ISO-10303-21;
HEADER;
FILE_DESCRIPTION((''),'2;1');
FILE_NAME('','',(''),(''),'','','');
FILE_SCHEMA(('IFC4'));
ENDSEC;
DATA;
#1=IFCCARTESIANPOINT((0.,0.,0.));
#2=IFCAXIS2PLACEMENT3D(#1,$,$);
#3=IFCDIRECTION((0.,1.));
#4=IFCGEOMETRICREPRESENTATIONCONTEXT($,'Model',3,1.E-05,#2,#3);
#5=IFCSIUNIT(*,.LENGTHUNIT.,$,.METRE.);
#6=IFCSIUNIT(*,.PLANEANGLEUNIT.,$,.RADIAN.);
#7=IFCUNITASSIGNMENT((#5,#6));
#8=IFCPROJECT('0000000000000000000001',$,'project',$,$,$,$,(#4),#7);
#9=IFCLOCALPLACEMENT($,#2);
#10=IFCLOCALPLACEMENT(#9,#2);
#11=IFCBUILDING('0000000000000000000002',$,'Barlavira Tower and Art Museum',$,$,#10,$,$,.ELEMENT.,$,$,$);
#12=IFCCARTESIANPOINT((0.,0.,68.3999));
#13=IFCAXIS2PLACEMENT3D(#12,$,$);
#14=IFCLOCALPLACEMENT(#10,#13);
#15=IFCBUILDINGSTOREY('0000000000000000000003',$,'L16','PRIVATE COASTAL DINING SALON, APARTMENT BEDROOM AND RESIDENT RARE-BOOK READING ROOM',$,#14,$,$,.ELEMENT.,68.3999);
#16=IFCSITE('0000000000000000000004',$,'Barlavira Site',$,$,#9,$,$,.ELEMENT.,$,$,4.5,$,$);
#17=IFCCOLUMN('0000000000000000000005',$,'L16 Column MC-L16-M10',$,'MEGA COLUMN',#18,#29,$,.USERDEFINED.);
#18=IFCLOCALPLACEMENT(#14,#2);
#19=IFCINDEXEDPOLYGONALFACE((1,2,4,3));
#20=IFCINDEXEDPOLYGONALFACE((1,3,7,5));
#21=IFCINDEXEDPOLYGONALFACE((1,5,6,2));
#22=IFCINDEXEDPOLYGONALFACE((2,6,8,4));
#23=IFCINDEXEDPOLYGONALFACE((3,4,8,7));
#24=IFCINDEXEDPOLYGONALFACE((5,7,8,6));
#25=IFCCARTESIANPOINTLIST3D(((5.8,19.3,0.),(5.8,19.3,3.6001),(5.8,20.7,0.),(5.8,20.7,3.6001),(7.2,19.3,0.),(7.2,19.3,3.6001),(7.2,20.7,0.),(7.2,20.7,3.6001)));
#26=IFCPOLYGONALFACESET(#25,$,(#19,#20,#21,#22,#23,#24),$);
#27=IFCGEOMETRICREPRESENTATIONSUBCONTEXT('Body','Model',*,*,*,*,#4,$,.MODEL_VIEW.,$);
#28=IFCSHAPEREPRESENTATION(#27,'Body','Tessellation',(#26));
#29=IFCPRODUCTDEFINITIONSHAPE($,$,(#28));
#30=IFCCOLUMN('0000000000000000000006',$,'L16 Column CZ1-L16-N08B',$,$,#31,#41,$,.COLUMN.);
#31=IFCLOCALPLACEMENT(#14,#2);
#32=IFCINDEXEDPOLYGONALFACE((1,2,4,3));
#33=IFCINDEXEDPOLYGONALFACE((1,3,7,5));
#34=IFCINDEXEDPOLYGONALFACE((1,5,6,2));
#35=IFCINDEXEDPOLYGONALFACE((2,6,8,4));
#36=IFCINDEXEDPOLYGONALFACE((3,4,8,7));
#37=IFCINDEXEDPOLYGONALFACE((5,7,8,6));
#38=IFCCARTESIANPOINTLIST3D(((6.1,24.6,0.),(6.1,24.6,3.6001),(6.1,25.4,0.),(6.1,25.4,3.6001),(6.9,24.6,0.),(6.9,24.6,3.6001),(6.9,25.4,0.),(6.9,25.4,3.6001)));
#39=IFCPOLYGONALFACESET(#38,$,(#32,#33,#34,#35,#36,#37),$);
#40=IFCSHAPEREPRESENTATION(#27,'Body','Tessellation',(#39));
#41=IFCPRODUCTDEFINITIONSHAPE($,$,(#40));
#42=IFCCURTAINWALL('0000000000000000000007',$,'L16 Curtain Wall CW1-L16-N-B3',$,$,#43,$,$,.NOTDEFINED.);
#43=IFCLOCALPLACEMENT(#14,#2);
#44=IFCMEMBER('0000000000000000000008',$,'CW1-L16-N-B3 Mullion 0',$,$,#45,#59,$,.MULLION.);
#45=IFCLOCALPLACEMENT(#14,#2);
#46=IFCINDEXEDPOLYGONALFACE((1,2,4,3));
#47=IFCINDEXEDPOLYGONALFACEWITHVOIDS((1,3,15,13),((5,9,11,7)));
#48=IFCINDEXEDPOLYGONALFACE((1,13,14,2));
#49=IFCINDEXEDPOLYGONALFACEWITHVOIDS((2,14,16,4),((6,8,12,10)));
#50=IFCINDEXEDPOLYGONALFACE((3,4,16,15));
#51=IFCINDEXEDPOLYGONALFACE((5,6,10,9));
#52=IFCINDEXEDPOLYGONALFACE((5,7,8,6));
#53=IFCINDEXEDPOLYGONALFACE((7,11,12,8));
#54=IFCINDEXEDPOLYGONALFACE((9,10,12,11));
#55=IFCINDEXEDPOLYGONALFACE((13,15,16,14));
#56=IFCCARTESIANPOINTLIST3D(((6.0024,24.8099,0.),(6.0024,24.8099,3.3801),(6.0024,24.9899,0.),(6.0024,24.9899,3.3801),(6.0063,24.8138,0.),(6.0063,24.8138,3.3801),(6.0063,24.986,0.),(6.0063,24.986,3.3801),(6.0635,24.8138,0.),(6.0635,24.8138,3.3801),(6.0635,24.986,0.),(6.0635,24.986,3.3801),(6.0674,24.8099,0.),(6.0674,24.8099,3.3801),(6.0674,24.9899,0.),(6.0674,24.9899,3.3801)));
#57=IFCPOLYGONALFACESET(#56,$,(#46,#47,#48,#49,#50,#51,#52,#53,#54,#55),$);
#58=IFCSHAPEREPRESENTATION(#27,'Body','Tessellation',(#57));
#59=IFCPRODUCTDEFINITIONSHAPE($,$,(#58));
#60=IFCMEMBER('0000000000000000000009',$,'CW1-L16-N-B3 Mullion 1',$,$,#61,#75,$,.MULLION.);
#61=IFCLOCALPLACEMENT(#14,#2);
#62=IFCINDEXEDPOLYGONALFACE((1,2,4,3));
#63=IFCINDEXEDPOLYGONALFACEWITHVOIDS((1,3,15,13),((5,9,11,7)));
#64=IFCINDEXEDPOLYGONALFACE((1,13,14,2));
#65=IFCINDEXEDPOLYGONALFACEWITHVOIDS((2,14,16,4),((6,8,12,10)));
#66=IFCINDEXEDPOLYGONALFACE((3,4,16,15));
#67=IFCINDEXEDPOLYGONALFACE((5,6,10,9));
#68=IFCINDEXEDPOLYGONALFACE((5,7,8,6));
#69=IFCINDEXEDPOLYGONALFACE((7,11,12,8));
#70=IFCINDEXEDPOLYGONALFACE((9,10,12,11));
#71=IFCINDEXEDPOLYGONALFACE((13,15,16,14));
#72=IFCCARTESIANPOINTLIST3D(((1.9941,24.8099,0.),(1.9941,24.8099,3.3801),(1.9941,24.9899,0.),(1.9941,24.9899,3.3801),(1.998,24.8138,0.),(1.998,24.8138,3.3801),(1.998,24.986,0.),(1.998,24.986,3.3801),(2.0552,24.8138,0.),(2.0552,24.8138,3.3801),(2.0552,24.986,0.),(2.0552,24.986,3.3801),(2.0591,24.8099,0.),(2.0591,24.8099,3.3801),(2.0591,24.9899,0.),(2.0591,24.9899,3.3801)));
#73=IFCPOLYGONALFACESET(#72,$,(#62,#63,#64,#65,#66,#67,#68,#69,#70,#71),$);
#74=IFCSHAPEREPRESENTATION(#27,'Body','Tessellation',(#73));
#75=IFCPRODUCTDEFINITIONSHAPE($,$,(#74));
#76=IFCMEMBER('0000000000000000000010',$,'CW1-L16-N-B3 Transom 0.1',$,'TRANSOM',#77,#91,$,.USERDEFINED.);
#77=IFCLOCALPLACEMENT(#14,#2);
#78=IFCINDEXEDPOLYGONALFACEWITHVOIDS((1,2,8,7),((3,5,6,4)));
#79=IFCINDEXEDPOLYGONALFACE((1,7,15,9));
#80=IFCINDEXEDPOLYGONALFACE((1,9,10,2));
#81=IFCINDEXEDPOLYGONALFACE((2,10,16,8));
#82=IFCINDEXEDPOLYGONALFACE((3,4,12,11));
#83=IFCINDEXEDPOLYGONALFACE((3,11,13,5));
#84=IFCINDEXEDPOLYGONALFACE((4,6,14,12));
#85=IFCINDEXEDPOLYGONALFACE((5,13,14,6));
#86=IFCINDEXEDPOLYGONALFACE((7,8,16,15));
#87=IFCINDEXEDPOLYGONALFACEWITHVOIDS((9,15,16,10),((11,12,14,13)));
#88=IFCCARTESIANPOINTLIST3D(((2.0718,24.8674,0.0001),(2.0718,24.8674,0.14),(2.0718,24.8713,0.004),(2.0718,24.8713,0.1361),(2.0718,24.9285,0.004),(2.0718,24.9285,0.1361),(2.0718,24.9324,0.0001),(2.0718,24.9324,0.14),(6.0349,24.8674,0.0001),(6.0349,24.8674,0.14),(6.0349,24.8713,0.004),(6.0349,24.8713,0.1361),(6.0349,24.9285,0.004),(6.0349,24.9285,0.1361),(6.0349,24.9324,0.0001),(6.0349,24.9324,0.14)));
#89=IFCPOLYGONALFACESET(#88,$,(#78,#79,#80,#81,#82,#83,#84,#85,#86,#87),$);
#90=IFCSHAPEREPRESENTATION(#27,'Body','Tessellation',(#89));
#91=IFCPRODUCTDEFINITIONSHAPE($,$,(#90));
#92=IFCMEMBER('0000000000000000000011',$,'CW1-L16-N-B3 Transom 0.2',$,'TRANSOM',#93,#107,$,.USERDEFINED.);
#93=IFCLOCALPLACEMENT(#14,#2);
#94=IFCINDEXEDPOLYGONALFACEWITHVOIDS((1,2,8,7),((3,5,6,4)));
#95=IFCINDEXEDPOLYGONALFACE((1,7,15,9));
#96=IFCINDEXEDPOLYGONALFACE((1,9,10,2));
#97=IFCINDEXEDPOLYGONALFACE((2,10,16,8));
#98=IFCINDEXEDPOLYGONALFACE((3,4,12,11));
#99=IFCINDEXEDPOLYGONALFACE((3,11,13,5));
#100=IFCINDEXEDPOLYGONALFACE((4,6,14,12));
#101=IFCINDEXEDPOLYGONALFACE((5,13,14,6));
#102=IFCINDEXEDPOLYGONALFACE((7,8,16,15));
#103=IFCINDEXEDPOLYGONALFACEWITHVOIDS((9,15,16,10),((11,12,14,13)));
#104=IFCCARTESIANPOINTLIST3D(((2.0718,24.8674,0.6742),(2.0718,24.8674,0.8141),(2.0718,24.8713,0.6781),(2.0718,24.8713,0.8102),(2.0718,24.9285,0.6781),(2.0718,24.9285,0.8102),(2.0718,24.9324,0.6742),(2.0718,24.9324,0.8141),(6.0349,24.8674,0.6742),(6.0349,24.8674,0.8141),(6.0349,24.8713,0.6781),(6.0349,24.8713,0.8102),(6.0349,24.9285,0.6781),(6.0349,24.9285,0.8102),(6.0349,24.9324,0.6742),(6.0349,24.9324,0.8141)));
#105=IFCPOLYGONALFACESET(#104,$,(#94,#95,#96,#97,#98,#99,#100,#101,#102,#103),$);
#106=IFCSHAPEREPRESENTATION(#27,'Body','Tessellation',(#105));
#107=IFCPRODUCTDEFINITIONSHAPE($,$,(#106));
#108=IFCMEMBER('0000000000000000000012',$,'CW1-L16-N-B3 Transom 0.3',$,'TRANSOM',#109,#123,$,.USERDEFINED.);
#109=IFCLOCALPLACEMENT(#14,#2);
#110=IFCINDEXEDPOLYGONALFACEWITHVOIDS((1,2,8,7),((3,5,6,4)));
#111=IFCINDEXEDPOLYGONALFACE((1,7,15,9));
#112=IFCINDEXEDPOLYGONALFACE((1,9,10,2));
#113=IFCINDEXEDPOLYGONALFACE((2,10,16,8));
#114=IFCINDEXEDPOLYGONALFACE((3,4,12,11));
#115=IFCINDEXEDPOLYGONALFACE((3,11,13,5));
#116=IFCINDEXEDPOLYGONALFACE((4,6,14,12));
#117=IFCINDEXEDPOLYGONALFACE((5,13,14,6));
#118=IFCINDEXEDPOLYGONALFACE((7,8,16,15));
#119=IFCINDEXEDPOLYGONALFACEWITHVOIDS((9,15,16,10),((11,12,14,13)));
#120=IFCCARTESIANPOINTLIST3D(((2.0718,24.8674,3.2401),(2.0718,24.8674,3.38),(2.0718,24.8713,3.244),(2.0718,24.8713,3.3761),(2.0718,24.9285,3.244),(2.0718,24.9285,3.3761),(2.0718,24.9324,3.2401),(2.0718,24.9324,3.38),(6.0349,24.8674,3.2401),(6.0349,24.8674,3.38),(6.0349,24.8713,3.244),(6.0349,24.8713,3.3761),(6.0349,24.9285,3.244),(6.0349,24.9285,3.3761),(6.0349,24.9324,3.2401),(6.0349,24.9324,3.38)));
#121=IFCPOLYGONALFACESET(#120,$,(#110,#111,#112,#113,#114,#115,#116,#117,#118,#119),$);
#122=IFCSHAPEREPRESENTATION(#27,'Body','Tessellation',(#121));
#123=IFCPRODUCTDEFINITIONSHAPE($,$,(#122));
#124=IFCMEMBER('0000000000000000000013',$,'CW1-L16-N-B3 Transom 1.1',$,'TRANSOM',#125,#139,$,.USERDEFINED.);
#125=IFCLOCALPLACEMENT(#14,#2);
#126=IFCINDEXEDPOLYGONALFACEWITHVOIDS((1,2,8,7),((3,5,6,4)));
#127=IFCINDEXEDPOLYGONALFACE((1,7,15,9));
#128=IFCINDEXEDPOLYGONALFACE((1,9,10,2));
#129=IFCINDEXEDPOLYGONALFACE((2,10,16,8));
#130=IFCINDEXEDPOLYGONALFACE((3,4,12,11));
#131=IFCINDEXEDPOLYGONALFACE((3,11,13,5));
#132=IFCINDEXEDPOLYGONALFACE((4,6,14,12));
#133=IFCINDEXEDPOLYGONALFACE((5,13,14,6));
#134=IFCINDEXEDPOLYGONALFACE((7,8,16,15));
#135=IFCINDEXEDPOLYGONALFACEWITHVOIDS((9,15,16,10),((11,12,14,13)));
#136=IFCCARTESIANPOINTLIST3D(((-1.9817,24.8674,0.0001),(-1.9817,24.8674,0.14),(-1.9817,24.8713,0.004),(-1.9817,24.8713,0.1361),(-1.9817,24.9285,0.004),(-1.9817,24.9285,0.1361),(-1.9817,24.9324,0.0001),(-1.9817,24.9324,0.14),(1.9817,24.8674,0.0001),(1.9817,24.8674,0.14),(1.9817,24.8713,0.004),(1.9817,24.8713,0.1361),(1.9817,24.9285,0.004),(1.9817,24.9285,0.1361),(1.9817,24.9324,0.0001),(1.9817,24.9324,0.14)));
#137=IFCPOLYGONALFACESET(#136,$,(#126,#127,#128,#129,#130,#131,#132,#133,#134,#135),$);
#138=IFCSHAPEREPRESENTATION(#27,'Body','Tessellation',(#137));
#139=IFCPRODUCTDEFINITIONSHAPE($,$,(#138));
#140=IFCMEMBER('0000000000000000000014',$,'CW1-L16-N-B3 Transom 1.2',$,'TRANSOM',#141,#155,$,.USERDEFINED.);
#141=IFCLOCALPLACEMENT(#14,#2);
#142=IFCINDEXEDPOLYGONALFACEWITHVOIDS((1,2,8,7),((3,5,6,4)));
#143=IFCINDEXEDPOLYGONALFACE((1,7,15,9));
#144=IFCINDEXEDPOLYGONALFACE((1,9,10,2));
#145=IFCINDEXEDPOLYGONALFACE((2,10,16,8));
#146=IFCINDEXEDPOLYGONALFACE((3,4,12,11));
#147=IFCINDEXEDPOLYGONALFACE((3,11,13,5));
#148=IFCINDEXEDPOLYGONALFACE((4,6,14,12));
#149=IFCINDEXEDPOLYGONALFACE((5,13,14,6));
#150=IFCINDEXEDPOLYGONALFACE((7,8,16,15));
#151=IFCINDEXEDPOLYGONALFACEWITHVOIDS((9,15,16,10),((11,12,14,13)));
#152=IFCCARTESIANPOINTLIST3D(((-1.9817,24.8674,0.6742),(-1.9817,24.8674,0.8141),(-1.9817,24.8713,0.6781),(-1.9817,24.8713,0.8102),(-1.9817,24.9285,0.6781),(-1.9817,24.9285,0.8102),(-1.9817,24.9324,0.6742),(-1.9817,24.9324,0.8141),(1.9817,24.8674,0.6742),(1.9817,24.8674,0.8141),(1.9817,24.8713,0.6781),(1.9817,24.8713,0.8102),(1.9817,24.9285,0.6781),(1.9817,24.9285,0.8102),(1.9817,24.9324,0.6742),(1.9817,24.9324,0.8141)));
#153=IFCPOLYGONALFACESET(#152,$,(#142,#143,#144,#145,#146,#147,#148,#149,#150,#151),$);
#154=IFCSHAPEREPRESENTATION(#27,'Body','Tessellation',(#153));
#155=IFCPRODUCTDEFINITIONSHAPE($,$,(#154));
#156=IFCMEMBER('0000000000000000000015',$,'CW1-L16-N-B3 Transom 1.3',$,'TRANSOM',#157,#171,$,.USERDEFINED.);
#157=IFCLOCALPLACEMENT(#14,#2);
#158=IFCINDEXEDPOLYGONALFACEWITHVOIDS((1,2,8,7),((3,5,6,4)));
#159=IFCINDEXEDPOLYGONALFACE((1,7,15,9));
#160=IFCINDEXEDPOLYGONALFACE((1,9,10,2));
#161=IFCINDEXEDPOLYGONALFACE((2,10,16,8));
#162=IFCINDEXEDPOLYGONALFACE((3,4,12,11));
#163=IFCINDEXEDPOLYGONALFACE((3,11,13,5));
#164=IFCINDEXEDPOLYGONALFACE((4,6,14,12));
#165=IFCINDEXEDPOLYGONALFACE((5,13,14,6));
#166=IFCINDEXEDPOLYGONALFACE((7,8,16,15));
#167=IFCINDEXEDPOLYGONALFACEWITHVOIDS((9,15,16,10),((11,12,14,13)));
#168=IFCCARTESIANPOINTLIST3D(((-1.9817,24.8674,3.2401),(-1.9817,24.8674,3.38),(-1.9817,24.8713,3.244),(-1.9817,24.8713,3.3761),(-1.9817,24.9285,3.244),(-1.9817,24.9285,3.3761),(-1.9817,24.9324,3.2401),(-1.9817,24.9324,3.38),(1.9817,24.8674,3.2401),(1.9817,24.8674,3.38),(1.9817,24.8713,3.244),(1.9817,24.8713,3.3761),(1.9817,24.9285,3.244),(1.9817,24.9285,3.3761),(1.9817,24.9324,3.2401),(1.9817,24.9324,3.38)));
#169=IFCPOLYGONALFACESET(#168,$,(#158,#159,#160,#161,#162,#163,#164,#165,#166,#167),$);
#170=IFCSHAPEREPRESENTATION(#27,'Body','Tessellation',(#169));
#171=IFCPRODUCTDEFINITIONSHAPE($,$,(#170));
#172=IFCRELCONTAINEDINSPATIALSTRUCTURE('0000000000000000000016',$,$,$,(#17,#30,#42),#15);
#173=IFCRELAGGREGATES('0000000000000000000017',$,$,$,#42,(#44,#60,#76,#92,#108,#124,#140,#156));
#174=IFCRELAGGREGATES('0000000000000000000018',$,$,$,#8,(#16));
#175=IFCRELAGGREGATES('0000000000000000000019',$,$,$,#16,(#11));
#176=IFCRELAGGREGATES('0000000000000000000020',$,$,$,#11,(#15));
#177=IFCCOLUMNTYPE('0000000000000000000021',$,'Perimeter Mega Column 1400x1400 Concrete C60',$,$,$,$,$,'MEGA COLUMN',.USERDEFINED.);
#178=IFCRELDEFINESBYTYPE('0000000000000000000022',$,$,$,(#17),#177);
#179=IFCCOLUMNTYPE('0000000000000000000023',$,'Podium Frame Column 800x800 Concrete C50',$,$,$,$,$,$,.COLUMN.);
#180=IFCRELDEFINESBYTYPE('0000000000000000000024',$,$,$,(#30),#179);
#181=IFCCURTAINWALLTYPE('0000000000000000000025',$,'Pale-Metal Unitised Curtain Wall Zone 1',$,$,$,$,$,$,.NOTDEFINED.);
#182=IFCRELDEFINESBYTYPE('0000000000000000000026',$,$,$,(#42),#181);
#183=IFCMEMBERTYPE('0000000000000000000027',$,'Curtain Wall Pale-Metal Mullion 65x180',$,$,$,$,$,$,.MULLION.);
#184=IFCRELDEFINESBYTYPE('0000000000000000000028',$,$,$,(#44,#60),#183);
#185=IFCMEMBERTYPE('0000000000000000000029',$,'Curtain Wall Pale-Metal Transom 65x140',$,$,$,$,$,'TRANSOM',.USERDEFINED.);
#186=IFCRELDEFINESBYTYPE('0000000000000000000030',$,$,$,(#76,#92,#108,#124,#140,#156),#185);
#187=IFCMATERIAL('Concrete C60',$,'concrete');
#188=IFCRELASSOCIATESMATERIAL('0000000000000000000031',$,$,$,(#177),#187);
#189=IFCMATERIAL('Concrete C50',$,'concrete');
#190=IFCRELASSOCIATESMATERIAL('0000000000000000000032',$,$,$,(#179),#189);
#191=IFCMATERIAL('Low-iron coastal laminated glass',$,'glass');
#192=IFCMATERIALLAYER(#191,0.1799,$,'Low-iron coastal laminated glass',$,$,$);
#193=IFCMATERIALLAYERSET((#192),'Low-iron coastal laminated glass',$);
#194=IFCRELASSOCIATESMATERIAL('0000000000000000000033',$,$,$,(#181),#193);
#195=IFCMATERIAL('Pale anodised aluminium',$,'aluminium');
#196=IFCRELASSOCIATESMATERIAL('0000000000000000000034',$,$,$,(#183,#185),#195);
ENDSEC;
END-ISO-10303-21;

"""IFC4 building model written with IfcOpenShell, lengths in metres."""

from ifc_helpers import new_model, si_unit, direction, frame, origin, origin_2d, place, context, subcontext, project, spatial, rectangle, hollow_rectangle, extrude, material, layer, layer_set, material_profile, profile_set, type_object, element, aggregate, save


model = new_model("IFC4")

# Units and contexts
model_context = context("Model", 3, precision=1e-05, world=origin(), true_north=direction((0.0, 1.0)))
body_context = subcontext(model_context, "Body", "Model", "MODEL_VIEW")
ifc_project = project(units=[si_unit("LENGTHUNIT", "METRE"), si_unit("PLANEANGLEUNIT", "RADIAN")], contexts=[model_context])

# Site, building, storey
site_placement = place(None, origin())
site = spatial("IfcSite", under=ifc_project, at=site_placement, Name="Barlavira Site", CompositionType="ELEMENT", RefElevation=4.5)
building_placement = place(site_placement, origin())
building = spatial("IfcBuilding", under=site, at=building_placement, Name="Barlavira Tower and Art Museum", CompositionType="ELEMENT")
storey_placement = place(building_placement, frame((0.0, 0.0, 68.3999)))
storey = spatial("IfcBuildingStorey", under=building, at=storey_placement, Name="L16", Description="PRIVATE COASTAL DINING SALON, APARTMENT BEDROOM AND RESIDENT RARE-BOOK READING ROOM", CompositionType="ELEMENT", Elevation=68.3999)

# Columns
ifc_material_1 = material(Name="Concrete C60", Category="concrete")
ifc_material_profile_1 = material_profile(ifc_material_1, rectangle(XDim=1.3999, YDim=1.3999, at=origin_2d()), Name="RC-MCOL 1400x1400")
ifc_profile_set_1 = profile_set([ifc_material_profile_1], Name="Concrete C60")
column_type_1 = type_object("IfcColumnType", Name="Perimeter Mega Column 1400x1400 Concrete C60", ElementType="MEGA COLUMN", PredefinedType="USERDEFINED", material=ifc_profile_set_1)
column_1_placement = place(storey_placement, frame((6.5, 20.0, 0.0), z_axis=(0.0, 0.0, 1.0), x_axis=(1.0, 0.0, 0.0)))
element("IfcColumn", 1, at=column_1_placement, inside=storey, type_object=column_type_1, Name="L16 Column MC-L16-M10", ObjectType="MEGA COLUMN", PredefinedType="USERDEFINED", context=body_context, shape_type="SweptSolid", body=[
    extrude(rectangle(XDim=1.3999, YDim=1.3999, at=origin_2d()), origin(), (0.0, 0.0, 1.0), 3.6001),
])
ifc_material_2 = material(Name="Concrete C50", Category="concrete")
ifc_material_profile_2 = material_profile(ifc_material_2, rectangle(XDim=0.8, YDim=0.8, at=origin_2d()), Name="RC-COL 800x800")
ifc_profile_set_2 = profile_set([ifc_material_profile_2], Name="Concrete C50")
column_type_2 = type_object("IfcColumnType", Name="Podium Frame Column 800x800 Concrete C50", PredefinedType="COLUMN", material=ifc_profile_set_2)
column_2_placement = place(storey_placement, frame((6.5, 25.0, 0.0), z_axis=(0.0, 0.0, 1.0), x_axis=(1.0, 0.0, 0.0)))
element("IfcColumn", 2, at=column_2_placement, inside=storey, type_object=column_type_2, Name="L16 Column CZ1-L16-N08B", PredefinedType="COLUMN", context=body_context, shape_type="SweptSolid", body=[
    extrude(rectangle(XDim=0.8, YDim=0.8, at=origin_2d()), origin(), (0.0, 0.0, 1.0), 3.6001),
])

# Curtain wall, members
ifc_material_3 = material(Name="Low-iron coastal laminated glass", Category="glass")
ifc_layer_1 = layer(ifc_material_3, 0.1799, Name="Low-iron coastal laminated glass")
ifc_layer_set_1 = layer_set([ifc_layer_1], Name="Low-iron coastal laminated glass")
curtain_wall_type = type_object("IfcCurtainWallType", Name="Pale-Metal Unitised Curtain Wall Zone 1", PredefinedType="NOTDEFINED", material=ifc_layer_set_1)
curtain_wall_placement = place(storey_placement, origin())
curtain_wall = element("IfcCurtainWall", 3, at=curtain_wall_placement, inside=storey, type_object=curtain_wall_type, Name="L16 Curtain Wall CW1-L16-N-B3", PredefinedType="NOTDEFINED")
ifc_material_4 = material(Name="Pale anodised aluminium", Category="aluminium")
ifc_material_profile_3 = material_profile(ifc_material_4, hollow_rectangle(XDim=0.0649, YDim=0.1799, WallThickness=0.0039, at=origin_2d()), Name="ALU-MULL 65x180x4")
ifc_profile_set_3 = profile_set([ifc_material_profile_3], Name="Pale anodised aluminium")
member_type_1 = type_object("IfcMemberType", Name="Curtain Wall Pale-Metal Mullion 65x180", PredefinedType="MULLION", material=ifc_profile_set_3)
member_1_placement = place(storey_placement, frame((6.0349, 24.8999, 0.0), z_axis=(0.0, 0.0, 1.0), x_axis=(-1.0, 0.0, 0.0)))
member_1 = element("IfcMember", 4, at=member_1_placement, type_object=member_type_1, Name="CW1-L16-N-B3 Mullion 0", PredefinedType="MULLION", context=body_context, shape_type="SweptSolid", body=[
    extrude(hollow_rectangle(XDim=0.0649, YDim=0.1799, WallThickness=0.0039, at=origin_2d()), origin(), (0.0, 0.0, 1.0), 3.3801),
])
member_2_placement = place(storey_placement, frame((2.0266, 24.8999, 0.0), z_axis=(0.0, 0.0, 1.0), x_axis=(-1.0, 0.0, 0.0)))
member_2 = element("IfcMember", 5, at=member_2_placement, type_object=member_type_1, Name="CW1-L16-N-B3 Mullion 1", PredefinedType="MULLION", context=body_context, shape_type="SweptSolid", body=[
    extrude(hollow_rectangle(XDim=0.0649, YDim=0.1799, WallThickness=0.0039, at=origin_2d()), origin(), (0.0, 0.0, 1.0), 3.3801),
])
ifc_material_profile_4 = material_profile(ifc_material_4, hollow_rectangle(XDim=0.0649, YDim=0.1399, WallThickness=0.0039, at=origin_2d()), Name="ALU-TRAN 65x140x4")
ifc_profile_set_4 = profile_set([ifc_material_profile_4], Name="Pale anodised aluminium")
member_type_2 = type_object("IfcMemberType", Name="Curtain Wall Pale-Metal Transom 65x140", ElementType="TRANSOM", PredefinedType="USERDEFINED", material=ifc_profile_set_4)
member_3_placement = place(storey_placement, frame((6.0349, 24.8999, 0.0701), z_axis=(-1.0, 0.0, 0.0), x_axis=(0.0, -1.0, 0.0)))
member_3 = element("IfcMember", 6, at=member_3_placement, type_object=member_type_2, Name="CW1-L16-N-B3 Transom 0.1", ObjectType="TRANSOM", PredefinedType="USERDEFINED", context=body_context, shape_type="SweptSolid", body=[
    extrude(hollow_rectangle(XDim=0.0649, YDim=0.1399, WallThickness=0.0039, at=origin_2d()), origin(), (0.0, 0.0, 1.0), 3.9631),
])
member_4_placement = place(storey_placement, frame((6.0349, 24.8999, 0.7441), z_axis=(-1.0, 0.0, 0.0), x_axis=(0.0, -1.0, 0.0)))
member_4 = element("IfcMember", 7, at=member_4_placement, type_object=member_type_2, Name="CW1-L16-N-B3 Transom 0.2", ObjectType="TRANSOM", PredefinedType="USERDEFINED", context=body_context, shape_type="SweptSolid", body=[
    extrude(hollow_rectangle(XDim=0.0649, YDim=0.1399, WallThickness=0.0039, at=origin_2d()), origin(), (0.0, 0.0, 1.0), 3.9631),
])
member_5_placement = place(storey_placement, frame((6.0349, 24.8999, 3.3101), z_axis=(-1.0, 0.0, 0.0), x_axis=(0.0, -1.0, 0.0)))
member_5 = element("IfcMember", 8, at=member_5_placement, type_object=member_type_2, Name="CW1-L16-N-B3 Transom 0.3", ObjectType="TRANSOM", PredefinedType="USERDEFINED", context=body_context, shape_type="SweptSolid", body=[
    extrude(hollow_rectangle(XDim=0.0649, YDim=0.1399, WallThickness=0.0039, at=origin_2d()), origin(), (0.0, 0.0, 1.0), 3.9631),
])
member_6_placement = place(storey_placement, frame((1.9817, 24.8999, 0.0701), z_axis=(-1.0, 0.0, 0.0), x_axis=(0.0, -1.0, 0.0)))
member_6 = element("IfcMember", 9, at=member_6_placement, type_object=member_type_2, Name="CW1-L16-N-B3 Transom 1.1", ObjectType="TRANSOM", PredefinedType="USERDEFINED", context=body_context, shape_type="SweptSolid", body=[
    extrude(hollow_rectangle(XDim=0.0649, YDim=0.1399, WallThickness=0.0039, at=origin_2d()), origin(), (0.0, 0.0, 1.0), 3.9634),
])
member_7_placement = place(storey_placement, frame((1.9817, 24.8999, 0.7441), z_axis=(-1.0, 0.0, 0.0), x_axis=(0.0, -1.0, 0.0)))
member_7 = element("IfcMember", 10, at=member_7_placement, type_object=member_type_2, Name="CW1-L16-N-B3 Transom 1.2", ObjectType="TRANSOM", PredefinedType="USERDEFINED", context=body_context, shape_type="SweptSolid", body=[
    extrude(hollow_rectangle(XDim=0.0649, YDim=0.1399, WallThickness=0.0039, at=origin_2d()), origin(), (0.0, 0.0, 1.0), 3.9634),
])
member_8_placement = place(storey_placement, frame((1.9817, 24.8999, 3.3101), z_axis=(-1.0, 0.0, 0.0), x_axis=(0.0, -1.0, 0.0)))
member_8 = element("IfcMember", 11, at=member_8_placement, type_object=member_type_2, Name="CW1-L16-N-B3 Transom 1.3", ObjectType="TRANSOM", PredefinedType="USERDEFINED", context=body_context, shape_type="SweptSolid", body=[
    extrude(hollow_rectangle(XDim=0.0649, YDim=0.1399, WallThickness=0.0039, at=origin_2d()), origin(), (0.0, 0.0, 1.0), 3.9634),
])

aggregate(curtain_wall, [member_1, member_2, member_3, member_4, member_5, member_6, member_7, member_8])

save(model, "model.ifc")
